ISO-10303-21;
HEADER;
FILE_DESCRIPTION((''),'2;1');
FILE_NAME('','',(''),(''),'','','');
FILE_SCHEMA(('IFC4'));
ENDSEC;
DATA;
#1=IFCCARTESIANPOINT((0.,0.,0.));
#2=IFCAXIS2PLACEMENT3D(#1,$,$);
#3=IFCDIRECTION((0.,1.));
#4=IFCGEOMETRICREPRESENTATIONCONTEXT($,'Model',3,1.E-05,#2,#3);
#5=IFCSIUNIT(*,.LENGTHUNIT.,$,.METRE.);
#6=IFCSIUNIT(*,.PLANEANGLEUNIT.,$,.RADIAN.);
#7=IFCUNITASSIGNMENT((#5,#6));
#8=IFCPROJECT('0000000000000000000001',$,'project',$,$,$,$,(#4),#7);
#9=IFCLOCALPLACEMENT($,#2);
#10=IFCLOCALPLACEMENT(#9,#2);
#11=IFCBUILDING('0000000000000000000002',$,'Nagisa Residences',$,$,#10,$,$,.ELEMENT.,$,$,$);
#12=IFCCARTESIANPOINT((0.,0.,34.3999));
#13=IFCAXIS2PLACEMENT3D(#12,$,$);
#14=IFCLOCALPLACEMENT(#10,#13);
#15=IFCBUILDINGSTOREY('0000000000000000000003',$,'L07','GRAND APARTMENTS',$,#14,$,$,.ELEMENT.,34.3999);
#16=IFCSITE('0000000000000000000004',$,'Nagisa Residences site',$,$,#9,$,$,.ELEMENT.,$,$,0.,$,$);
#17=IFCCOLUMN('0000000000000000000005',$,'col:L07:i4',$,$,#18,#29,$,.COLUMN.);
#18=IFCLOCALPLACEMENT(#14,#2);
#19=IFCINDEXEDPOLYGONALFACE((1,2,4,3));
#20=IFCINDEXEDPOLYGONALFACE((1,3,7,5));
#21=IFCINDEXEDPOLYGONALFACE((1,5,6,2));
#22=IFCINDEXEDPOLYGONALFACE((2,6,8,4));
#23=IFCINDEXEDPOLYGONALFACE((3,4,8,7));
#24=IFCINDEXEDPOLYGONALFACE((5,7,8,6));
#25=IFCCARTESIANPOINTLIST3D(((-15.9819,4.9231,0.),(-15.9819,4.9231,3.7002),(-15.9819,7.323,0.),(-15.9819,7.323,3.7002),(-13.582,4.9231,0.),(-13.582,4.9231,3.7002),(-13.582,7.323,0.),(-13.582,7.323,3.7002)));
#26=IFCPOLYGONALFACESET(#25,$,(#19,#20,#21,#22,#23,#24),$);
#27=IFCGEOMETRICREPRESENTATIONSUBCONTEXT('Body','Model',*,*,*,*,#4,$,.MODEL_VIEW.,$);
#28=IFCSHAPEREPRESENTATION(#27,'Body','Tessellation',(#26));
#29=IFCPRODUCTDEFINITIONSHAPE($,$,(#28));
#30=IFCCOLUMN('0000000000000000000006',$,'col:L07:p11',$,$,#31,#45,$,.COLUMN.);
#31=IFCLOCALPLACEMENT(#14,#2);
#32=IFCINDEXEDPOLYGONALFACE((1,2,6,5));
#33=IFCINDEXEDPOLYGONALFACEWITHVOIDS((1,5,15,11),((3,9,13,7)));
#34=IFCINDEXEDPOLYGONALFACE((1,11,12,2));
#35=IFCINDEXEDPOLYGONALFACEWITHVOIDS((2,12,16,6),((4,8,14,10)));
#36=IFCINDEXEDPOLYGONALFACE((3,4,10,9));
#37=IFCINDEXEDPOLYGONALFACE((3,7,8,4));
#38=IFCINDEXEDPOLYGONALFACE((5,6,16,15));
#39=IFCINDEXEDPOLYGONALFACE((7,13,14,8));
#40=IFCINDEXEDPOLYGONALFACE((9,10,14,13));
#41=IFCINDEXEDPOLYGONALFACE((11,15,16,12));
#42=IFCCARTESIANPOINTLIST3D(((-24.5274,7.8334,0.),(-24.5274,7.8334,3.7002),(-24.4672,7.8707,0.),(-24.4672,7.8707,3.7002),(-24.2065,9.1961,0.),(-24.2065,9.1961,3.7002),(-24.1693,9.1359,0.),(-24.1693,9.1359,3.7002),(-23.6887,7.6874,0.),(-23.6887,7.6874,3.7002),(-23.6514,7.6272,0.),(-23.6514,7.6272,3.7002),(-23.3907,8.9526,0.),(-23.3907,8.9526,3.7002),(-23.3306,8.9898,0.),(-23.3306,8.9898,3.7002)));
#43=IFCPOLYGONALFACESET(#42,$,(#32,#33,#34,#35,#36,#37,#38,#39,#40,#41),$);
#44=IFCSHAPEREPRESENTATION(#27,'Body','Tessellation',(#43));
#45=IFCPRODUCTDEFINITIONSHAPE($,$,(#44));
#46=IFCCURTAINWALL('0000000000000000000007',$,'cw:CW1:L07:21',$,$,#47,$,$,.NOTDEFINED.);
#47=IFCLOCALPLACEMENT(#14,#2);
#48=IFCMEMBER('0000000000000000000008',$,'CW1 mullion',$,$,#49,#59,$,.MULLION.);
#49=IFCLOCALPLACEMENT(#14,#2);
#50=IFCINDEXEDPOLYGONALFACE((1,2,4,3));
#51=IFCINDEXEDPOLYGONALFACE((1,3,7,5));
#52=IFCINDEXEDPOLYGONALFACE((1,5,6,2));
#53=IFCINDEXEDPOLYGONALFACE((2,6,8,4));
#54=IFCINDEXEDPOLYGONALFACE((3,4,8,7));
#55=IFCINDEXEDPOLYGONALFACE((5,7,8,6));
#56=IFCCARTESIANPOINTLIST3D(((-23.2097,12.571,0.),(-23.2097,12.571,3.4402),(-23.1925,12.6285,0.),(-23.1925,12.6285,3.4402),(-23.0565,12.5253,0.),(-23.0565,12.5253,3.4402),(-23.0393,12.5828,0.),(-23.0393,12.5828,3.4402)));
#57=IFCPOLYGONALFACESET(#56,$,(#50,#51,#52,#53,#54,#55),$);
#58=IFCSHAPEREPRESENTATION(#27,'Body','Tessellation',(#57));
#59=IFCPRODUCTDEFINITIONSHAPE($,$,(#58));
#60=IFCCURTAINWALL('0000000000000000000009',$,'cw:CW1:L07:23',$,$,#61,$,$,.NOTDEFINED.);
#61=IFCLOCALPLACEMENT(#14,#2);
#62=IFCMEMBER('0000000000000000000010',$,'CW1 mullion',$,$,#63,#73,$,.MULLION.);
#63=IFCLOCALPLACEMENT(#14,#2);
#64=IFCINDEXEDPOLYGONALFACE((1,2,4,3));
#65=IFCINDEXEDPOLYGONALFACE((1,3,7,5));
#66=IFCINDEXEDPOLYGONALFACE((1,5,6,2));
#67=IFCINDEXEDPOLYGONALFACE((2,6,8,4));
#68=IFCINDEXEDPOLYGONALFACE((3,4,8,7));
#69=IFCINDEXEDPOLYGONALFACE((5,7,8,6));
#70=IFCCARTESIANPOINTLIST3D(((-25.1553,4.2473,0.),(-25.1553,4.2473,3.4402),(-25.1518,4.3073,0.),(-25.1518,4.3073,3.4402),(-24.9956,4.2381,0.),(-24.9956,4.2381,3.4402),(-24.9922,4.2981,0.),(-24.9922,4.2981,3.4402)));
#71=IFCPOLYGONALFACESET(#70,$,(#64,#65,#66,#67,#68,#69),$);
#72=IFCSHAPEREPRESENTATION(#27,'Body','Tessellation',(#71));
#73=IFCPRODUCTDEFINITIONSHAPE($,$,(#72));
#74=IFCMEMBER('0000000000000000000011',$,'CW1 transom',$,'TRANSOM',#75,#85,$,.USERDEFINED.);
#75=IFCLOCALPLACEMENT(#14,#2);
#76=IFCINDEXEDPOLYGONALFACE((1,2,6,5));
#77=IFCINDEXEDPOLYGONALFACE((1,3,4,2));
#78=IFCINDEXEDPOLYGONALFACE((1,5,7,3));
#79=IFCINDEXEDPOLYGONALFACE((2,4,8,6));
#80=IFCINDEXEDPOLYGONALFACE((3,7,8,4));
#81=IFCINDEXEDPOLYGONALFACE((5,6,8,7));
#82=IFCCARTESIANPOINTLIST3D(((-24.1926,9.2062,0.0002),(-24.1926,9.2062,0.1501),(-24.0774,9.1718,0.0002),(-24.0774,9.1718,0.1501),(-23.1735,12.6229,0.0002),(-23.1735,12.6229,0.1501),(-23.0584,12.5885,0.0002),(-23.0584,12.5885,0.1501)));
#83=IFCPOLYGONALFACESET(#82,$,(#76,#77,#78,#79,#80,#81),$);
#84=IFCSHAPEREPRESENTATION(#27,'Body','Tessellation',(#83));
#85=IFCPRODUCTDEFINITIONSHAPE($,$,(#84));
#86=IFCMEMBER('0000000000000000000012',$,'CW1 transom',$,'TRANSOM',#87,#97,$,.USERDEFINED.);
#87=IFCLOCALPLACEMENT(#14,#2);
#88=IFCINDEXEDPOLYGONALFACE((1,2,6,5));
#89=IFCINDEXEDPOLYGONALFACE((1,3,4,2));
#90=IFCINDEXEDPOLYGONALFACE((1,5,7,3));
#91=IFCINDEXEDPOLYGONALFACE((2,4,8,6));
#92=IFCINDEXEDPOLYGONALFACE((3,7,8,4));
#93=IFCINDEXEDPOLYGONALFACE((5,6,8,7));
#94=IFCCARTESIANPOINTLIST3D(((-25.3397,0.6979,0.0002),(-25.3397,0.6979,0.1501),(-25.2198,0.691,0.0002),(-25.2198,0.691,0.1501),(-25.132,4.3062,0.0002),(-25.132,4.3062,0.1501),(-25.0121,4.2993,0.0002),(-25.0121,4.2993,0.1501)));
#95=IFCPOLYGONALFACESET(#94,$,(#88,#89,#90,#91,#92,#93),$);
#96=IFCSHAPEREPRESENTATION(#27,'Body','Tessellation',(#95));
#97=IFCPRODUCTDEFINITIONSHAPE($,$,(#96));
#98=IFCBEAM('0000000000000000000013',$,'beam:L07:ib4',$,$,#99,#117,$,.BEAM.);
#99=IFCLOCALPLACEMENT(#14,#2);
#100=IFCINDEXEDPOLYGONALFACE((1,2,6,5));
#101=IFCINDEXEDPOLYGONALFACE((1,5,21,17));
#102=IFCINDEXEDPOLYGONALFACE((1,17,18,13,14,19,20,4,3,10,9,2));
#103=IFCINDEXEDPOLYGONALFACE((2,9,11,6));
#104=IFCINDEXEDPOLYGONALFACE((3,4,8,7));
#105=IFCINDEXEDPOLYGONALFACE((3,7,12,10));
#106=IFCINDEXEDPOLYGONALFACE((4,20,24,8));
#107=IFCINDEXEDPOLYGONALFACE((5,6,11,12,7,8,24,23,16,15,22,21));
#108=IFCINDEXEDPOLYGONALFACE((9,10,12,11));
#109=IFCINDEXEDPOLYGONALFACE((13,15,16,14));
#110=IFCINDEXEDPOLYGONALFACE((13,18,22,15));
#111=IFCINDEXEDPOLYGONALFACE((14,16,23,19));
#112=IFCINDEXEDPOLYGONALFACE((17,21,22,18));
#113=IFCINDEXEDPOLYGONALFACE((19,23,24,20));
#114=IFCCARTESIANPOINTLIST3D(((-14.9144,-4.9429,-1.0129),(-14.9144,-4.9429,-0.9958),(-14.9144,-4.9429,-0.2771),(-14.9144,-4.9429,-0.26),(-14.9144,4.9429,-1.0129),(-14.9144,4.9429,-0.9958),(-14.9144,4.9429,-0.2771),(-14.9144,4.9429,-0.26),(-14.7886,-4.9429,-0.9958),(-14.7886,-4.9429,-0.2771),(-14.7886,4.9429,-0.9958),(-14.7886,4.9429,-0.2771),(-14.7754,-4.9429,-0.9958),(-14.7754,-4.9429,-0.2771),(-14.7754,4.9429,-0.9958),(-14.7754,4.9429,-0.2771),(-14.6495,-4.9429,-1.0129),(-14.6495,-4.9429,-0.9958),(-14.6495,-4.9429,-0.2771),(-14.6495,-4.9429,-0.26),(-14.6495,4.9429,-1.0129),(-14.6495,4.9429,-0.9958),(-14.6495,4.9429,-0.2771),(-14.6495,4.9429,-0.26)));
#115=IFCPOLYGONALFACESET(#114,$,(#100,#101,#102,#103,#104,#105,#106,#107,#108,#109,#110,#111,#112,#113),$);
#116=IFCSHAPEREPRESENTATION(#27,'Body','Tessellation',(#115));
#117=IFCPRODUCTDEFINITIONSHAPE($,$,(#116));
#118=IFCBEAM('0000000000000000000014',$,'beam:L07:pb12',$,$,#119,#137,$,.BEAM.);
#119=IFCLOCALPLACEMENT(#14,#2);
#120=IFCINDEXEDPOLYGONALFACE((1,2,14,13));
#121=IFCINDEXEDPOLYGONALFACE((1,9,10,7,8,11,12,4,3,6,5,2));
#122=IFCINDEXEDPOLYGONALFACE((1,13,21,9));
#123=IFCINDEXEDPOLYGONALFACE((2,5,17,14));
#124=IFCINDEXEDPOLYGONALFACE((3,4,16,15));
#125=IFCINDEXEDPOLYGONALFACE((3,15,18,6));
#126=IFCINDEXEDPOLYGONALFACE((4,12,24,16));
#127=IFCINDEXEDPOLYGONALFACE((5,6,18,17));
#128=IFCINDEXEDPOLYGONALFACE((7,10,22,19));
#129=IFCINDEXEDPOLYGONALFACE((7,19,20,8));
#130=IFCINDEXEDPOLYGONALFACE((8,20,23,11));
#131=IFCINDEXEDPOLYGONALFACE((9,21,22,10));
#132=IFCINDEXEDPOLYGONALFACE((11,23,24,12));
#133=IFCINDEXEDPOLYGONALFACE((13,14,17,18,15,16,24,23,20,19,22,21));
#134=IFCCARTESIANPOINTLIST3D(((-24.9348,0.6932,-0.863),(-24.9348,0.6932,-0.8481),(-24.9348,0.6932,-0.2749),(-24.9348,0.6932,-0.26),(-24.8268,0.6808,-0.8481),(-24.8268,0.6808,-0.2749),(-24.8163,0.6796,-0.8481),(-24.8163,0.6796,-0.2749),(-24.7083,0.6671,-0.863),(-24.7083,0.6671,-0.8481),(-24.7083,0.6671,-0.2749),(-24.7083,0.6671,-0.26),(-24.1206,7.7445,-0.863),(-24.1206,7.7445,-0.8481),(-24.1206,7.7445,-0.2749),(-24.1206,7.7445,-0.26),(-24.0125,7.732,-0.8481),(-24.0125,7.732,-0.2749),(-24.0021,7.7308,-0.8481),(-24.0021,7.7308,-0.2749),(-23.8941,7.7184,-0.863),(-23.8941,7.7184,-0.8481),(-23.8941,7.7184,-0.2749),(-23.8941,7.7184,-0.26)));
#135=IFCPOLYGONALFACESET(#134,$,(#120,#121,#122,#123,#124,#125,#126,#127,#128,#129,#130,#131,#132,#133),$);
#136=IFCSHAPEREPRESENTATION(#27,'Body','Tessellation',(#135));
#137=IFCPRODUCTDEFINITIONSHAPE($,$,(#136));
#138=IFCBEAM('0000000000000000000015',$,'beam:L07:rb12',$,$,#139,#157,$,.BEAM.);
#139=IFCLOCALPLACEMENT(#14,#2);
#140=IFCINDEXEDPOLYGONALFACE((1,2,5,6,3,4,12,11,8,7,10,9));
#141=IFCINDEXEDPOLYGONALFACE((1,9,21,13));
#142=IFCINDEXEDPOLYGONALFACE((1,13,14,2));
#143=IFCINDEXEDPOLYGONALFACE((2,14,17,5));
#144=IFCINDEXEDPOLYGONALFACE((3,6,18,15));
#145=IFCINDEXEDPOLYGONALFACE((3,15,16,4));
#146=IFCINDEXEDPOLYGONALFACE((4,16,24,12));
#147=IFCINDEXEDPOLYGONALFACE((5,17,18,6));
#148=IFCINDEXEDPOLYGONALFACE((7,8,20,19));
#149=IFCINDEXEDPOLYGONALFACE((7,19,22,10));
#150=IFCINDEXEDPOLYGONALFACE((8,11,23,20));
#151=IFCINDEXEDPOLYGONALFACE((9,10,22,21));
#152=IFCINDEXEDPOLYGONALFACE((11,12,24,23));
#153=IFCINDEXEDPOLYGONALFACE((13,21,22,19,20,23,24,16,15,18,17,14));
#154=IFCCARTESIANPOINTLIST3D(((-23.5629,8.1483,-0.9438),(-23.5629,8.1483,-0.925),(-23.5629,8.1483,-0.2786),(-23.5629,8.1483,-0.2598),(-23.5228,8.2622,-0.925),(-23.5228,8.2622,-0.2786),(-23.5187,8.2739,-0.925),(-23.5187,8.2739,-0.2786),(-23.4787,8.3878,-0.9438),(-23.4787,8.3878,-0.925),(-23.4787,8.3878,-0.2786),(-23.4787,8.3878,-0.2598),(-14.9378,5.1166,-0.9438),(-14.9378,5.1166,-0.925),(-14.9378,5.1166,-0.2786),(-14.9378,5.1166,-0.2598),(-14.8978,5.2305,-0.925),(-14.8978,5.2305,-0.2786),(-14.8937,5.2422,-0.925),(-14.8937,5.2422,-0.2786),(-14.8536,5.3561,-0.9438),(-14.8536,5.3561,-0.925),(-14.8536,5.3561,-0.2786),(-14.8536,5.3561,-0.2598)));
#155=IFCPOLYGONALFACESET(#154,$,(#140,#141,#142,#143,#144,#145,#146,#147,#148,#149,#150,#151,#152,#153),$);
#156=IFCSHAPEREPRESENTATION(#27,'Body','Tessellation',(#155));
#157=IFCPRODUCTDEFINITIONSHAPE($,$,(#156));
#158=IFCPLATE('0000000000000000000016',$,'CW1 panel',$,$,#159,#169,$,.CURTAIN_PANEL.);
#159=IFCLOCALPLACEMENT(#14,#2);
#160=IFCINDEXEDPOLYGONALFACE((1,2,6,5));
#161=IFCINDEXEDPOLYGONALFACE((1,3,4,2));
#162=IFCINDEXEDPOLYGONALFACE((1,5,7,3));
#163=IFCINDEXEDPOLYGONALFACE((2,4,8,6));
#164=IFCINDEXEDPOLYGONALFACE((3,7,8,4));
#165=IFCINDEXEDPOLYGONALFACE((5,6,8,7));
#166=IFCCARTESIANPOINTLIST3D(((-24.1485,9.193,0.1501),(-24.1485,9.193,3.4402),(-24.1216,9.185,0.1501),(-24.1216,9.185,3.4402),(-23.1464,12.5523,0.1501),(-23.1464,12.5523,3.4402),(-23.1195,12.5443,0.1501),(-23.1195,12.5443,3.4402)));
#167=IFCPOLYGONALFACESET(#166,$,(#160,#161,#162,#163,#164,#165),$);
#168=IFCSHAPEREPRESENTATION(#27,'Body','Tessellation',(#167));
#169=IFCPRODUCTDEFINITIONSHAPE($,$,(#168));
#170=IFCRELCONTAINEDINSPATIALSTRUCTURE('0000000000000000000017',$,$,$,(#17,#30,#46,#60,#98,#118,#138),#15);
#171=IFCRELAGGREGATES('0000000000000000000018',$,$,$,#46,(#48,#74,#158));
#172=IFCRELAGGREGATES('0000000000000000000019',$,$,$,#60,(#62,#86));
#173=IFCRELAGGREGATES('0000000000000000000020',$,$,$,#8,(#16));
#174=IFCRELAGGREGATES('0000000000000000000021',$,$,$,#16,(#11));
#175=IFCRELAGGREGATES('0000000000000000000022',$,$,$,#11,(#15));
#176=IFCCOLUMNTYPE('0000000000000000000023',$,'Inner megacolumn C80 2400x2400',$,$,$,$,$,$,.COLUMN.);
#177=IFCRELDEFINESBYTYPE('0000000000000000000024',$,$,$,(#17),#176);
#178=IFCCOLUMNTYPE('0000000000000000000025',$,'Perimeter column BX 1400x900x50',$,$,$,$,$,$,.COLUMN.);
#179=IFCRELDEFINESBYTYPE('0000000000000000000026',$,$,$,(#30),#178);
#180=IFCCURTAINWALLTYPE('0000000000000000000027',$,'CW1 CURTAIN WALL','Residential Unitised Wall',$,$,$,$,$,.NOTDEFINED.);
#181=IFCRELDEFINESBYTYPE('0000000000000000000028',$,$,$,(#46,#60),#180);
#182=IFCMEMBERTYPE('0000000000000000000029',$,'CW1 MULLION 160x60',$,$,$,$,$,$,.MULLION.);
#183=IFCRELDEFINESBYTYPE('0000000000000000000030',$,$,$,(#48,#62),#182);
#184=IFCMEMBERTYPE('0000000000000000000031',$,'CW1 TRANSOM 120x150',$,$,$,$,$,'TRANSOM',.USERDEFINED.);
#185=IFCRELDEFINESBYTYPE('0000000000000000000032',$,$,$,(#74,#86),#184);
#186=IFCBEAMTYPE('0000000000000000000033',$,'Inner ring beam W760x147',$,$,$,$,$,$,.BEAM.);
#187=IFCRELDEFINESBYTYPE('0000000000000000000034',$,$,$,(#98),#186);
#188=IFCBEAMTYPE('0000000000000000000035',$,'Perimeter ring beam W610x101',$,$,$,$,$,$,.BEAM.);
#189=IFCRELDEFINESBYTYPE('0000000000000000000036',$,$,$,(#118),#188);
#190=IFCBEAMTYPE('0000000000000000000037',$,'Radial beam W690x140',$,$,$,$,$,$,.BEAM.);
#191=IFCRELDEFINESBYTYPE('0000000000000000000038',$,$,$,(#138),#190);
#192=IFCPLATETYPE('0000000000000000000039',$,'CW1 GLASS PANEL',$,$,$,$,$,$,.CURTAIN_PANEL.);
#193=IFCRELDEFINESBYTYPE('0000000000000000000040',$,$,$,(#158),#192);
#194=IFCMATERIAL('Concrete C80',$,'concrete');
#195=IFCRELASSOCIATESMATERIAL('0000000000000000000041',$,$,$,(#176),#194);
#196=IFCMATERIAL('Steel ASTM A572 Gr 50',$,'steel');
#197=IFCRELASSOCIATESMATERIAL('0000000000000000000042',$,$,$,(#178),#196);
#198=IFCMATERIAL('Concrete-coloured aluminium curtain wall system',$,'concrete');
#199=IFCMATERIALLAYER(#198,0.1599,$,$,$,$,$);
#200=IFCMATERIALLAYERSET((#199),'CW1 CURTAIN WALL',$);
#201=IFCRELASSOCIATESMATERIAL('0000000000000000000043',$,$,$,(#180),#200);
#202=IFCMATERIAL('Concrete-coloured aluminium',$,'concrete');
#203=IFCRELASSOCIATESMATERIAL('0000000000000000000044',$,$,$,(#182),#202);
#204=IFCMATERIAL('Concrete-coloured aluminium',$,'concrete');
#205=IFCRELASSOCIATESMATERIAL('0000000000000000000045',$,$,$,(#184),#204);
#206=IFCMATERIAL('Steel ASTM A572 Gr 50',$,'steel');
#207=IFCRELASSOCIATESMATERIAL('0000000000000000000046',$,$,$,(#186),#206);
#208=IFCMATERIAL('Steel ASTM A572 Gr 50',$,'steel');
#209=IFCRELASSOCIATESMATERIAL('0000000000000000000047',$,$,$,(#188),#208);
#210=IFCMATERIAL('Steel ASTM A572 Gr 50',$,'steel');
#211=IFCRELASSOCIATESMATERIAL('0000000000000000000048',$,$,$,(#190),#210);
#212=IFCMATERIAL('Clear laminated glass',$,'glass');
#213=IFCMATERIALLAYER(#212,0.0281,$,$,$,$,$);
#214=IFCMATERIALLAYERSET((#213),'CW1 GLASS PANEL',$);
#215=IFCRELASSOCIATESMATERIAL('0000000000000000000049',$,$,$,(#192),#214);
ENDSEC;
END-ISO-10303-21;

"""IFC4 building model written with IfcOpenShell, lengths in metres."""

from ifc_helpers import new_model, si_unit, direction, frame, origin, origin_2d, place, context, subcontext, project, spatial, rectangle, hollow_rectangle, i_section, extrude, material, layer, layer_set, material_profile, profile_set, type_object, element, aggregate, save


model = new_model("IFC4")

# Units and contexts
model_context = context("Model", 3, precision=1e-05, world=origin(), true_north=direction((0.0, 1.0)))
body_context = subcontext(model_context, "Body", "Model", "MODEL_VIEW")
ifc_project = project(units=[si_unit("LENGTHUNIT", "METRE"), si_unit("PLANEANGLEUNIT", "RADIAN")], contexts=[model_context])

# Site, building, storey
site_placement = place(None, origin())
site = spatial("IfcSite", under=ifc_project, at=site_placement, Name="Nagisa Residences site", CompositionType="ELEMENT", RefElevation=0.0)
building_placement = place(site_placement, origin())
building = spatial("IfcBuilding", under=site, at=building_placement, Name="Nagisa Residences", CompositionType="ELEMENT")
storey_placement = place(building_placement, frame((0.0, 0.0, 34.3999)))
storey = spatial("IfcBuildingStorey", under=building, at=storey_placement, Name="L07", Description="GRAND APARTMENTS", CompositionType="ELEMENT", Elevation=34.3999)

# Columns
ifc_material_1 = material(Name="Concrete C80", Category="concrete")
ifc_material_profile_1 = material_profile(ifc_material_1, rectangle(XDim=2.3999, YDim=2.3999, at=origin_2d()), Name="C80 2400x2400")
ifc_profile_set_1 = profile_set([ifc_material_profile_1], Name="Concrete C80")
column_type_1 = type_object("IfcColumnType", Name="Inner megacolumn C80 2400x2400", PredefinedType="COLUMN", material=ifc_profile_set_1)
column_1_placement = place(storey_placement, frame((-14.782, 6.123, 0.0), z_axis=(0.0, 0.0, 1.0), x_axis=(1.0, 0.0, 0.0)))
element("IfcColumn", 1, at=column_1_placement, inside=storey, type_object=column_type_1, Name="col:L07:i4", PredefinedType="COLUMN", context=body_context, shape_type="SweptSolid", body=[
    extrude(rectangle(XDim=2.3999, YDim=2.3999, at=origin_2d()), origin(), (0.0, 0.0, 1.0), 3.7002),
])
ifc_material_2 = material(Name="Steel ASTM A572 Gr 50", Category="steel")
ifc_material_profile_2 = material_profile(ifc_material_2, hollow_rectangle(XDim=1.3999, YDim=0.8999, WallThickness=0.05, at=origin_2d()), Name="BX 1400x900x50")
ifc_profile_set_2 = profile_set([ifc_material_profile_2], Name="Steel ASTM A572 Gr 50")
column_type_2 = type_object("IfcColumnType", Name="Perimeter column BX 1400x900x50", PredefinedType="COLUMN", material=ifc_profile_set_2)
column_2_placement = place(storey_placement, frame((-23.929, 8.4116, 0.0), z_axis=(0.0, 0.0, 1.0), x_axis=(-0.229202, -0.973379, 0.0)))
element("IfcColumn", 2, at=column_2_placement, inside=storey, type_object=column_type_2, Name="col:L07:p11", PredefinedType="COLUMN", context=body_context, shape_type="SweptSolid", body=[
    extrude(hollow_rectangle(XDim=1.3999, YDim=0.8999, WallThickness=0.05, at=origin_2d()), origin(), (0.0, 0.0, 1.0), 3.7002),
])

# Curtain walls, members
ifc_material_3 = material(Name="Concrete-coloured aluminium curtain wall system", Category="concrete")
ifc_layer_1 = layer(ifc_material_3, 0.1599)
ifc_layer_set_1 = layer_set([ifc_layer_1], Name="CW1 CURTAIN WALL")
curtain_wall_type = type_object("IfcCurtainWallType", Name="CW1 CURTAIN WALL", Description="Residential Unitised Wall", PredefinedType="NOTDEFINED", material=ifc_layer_set_1)
curtain_wall_1_placement = place(storey_placement, origin())
curtain_wall_1 = element("IfcCurtainWall", 3, at=curtain_wall_1_placement, inside=storey, type_object=curtain_wall_type, Name="cw:CW1:L07:21", PredefinedType="NOTDEFINED")
ifc_material_4 = material(Name="Concrete-coloured aluminium", Category="concrete")
ifc_material_profile_3 = material_profile(ifc_material_4, rectangle(XDim=0.1599, YDim=0.0601, at=origin_2d()), Name="CW1 MULLION 160x60")
ifc_profile_set_3 = profile_set([ifc_material_profile_3], Name="Concrete-coloured aluminium")
member_type_1 = type_object("IfcMemberType", Name="CW1 MULLION 160x60", PredefinedType="MULLION", material=ifc_profile_set_3)
member_1_placement = place(storey_placement, frame((-23.1245, 12.5769, 0.0), z_axis=(0.0, 0.0, 1.0), x_axis=(0.958271, -0.28586, 0.0)))
member_1 = element("IfcMember", 4, at=member_1_placement, type_object=member_type_1, Name="CW1 mullion", PredefinedType="MULLION", context=body_context, shape_type="SweptSolid", body=[
    extrude(rectangle(XDim=0.1599, YDim=0.0601, at=origin_2d()), origin(), (0.0, 0.0, 1.0), 3.4402),
])
curtain_wall_2_placement = place(storey_placement, origin())
curtain_wall_2 = element("IfcCurtainWall", 5, at=curtain_wall_2_placement, inside=storey, type_object=curtain_wall_type, Name="cw:CW1:L07:23", PredefinedType="NOTDEFINED")
member_2_placement = place(storey_placement, frame((-25.0737, 4.2727, 0.0), z_axis=(0.0, 0.0, 1.0), x_axis=(0.998345, -0.057503, 0.0)))
member_2 = element("IfcMember", 6, at=member_2_placement, type_object=member_type_1, Name="CW1 mullion", PredefinedType="MULLION", context=body_context, shape_type="SweptSolid", body=[
    extrude(rectangle(XDim=0.1599, YDim=0.0601, at=origin_2d()), origin(), (0.0, 0.0, 1.0), 3.4402),
])

# Members
ifc_material_5 = material(Name="Concrete-coloured aluminium", Category="concrete")
ifc_material_profile_4 = material_profile(ifc_material_5, rectangle(XDim=0.1201, YDim=0.1499, at=origin_2d()), Name="CW1 TRANSOM 120x150")
ifc_profile_set_4 = profile_set([ifc_material_profile_4], Name="Concrete-coloured aluminium")
member_type_2 = type_object("IfcMemberType", Name="CW1 TRANSOM 120x150", ElementType="TRANSOM", PredefinedType="USERDEFINED", material=ifc_profile_set_4)
member_3_placement = place(storey_placement, frame((-23.116, 12.6057, 0.0752), z_axis=(-0.285808, -0.958287, 0.0), x_axis=(0.958287, -0.285808, 0.0)))
member_3 = element("IfcMember", 7, at=member_3_placement, type_object=member_type_2, Name="CW1 transom", ObjectType="TRANSOM", PredefinedType="USERDEFINED", context=body_context, shape_type="SweptSolid", body=[
    extrude(rectangle(XDim=0.1201, YDim=0.1499, at=origin_2d()), origin(), (0.0, 0.0, 1.0), 3.5654),
])
member_4_placement = place(storey_placement, frame((-25.072, 4.3027, 0.0752), z_axis=(-0.057483, -0.998347, 0.0), x_axis=(0.998347, -0.057483, 0.0)))
member_4 = element("IfcMember", 8, at=member_4_placement, type_object=member_type_2, Name="CW1 transom", ObjectType="TRANSOM", PredefinedType="USERDEFINED", context=body_context, shape_type="SweptSolid", body=[
    extrude(rectangle(XDim=0.1201, YDim=0.1499, at=origin_2d()), origin(), (0.0, 0.0, 1.0), 3.6143),
])

# Beams
ifc_material_6 = material(Name="Steel ASTM A572 Gr 50", Category="steel")
ifc_material_profile_5 = material_profile(ifc_material_6, i_section(OverallWidth=0.2649, OverallDepth=0.7529, WebThickness=0.0132, FlangeThickness=0.0171, at=origin_2d()), Name="W760x147")
ifc_profile_set_5 = profile_set([ifc_material_profile_5], Name="Steel ASTM A572 Gr 50")
beam_type_1 = type_object("IfcBeamType", Name="Inner ring beam W760x147", PredefinedType="BEAM", material=ifc_profile_set_5)
beam_1_placement = place(storey_placement, frame((-14.782, 4.9429, -0.6365), z_axis=(0.0, -1.0, 0.0), x_axis=(1.0, 0.0, 0.0)))
element("IfcBeam", 9, at=beam_1_placement, inside=storey, type_object=beam_type_1, Name="beam:L07:ib4", PredefinedType="BEAM", context=body_context, shape_type="SweptSolid", body=[
    extrude(i_section(OverallWidth=0.2649, OverallDepth=0.7529, WebThickness=0.0132, FlangeThickness=0.0171, at=origin_2d()), origin(), (0.0, 0.0, 1.0), 9.8857),
])
ifc_material_7 = material(Name="Steel ASTM A572 Gr 50", Category="steel")
ifc_material_profile_6 = material_profile(ifc_material_7, i_section(OverallWidth=0.228, OverallDepth=0.603, WebThickness=0.0105, FlangeThickness=0.0149, at=origin_2d()), Name="W610x101")
ifc_profile_set_6 = profile_set([ifc_material_profile_6], Name="Steel ASTM A572 Gr 50")
beam_type_2 = type_object("IfcBeamType", Name="Perimeter ring beam W610x101", PredefinedType="BEAM", material=ifc_profile_set_6)
beam_2_placement = place(storey_placement, frame((-24.0073, 7.7314, -0.5615), z_axis=(-0.114708, -0.993399, 0.0), x_axis=(0.993399, -0.114708, 0.0)))
element("IfcBeam", 10, at=beam_2_placement, inside=storey, type_object=beam_type_2, Name="beam:L07:pb12", PredefinedType="BEAM", context=body_context, shape_type="SweptSolid", body=[
    extrude(i_section(OverallWidth=0.228, OverallDepth=0.603, WebThickness=0.0105, FlangeThickness=0.0149, at=origin_2d()), origin(), (0.0, 0.0, 1.0), 7.0981),
])
ifc_material_8 = material(Name="Steel ASTM A572 Gr 50", Category="steel")
ifc_material_profile_7 = material_profile(ifc_material_8, i_section(OverallWidth=0.2539, OverallDepth=0.6841, WebThickness=0.0125, FlangeThickness=0.0188, at=origin_2d()), Name="W690x140")
ifc_profile_set_7 = profile_set([ifc_material_profile_7], Name="Steel ASTM A572 Gr 50")
beam_type_3 = type_object("IfcBeamType", Name="Radial beam W690x140", PredefinedType="BEAM", material=ifc_profile_set_7)
beam_3_placement = place(storey_placement, frame((-23.5208, 8.2681, -0.6018), z_axis=(0.943415, -0.331616, 0.0), x_axis=(0.331616, 0.943415, 0.0)))
element("IfcBeam", 11, at=beam_3_placement, inside=storey, type_object=beam_type_3, Name="beam:L07:rb12", PredefinedType="BEAM", context=body_context, shape_type="SweptSolid", body=[
    extrude(i_section(OverallWidth=0.2539, OverallDepth=0.6841, WebThickness=0.0125, FlangeThickness=0.0188, at=origin_2d()), origin(), (0.0, 0.0, 1.0), 9.1423),
])

# Plate
ifc_material_9 = material(Name="Clear laminated glass", Category="glass")
ifc_layer_2 = layer(ifc_material_9, 0.0281)
ifc_layer_set_2 = layer_set([ifc_layer_2], Name="CW1 GLASS PANEL")
plate_type = type_object("IfcPlateType", Name="CW1 GLASS PANEL", PredefinedType="CURTAIN_PANEL", material=ifc_layer_set_2)
plate_1_placement = place(storey_placement, frame((-23.634, 10.8687, 0.1501), z_axis=(0.0, 0.0, 1.0), x_axis=(-0.28586, -0.958271, 0.0)))
plate_1 = element("IfcPlate", 12, at=plate_1_placement, type_object=plate_type, Name="CW1 panel", PredefinedType="CURTAIN_PANEL", context=body_context, shape_type="SweptSolid", body=[
    extrude(rectangle(XDim=3.5056, YDim=0.0281, at=origin_2d()), origin(), (0.0, 0.0, 1.0), 3.29),
])
aggregate(curtain_wall_1, [member_1, member_3, plate_1])
aggregate(curtain_wall_2, [member_2, member_4])

save(model, "model.ifc")
